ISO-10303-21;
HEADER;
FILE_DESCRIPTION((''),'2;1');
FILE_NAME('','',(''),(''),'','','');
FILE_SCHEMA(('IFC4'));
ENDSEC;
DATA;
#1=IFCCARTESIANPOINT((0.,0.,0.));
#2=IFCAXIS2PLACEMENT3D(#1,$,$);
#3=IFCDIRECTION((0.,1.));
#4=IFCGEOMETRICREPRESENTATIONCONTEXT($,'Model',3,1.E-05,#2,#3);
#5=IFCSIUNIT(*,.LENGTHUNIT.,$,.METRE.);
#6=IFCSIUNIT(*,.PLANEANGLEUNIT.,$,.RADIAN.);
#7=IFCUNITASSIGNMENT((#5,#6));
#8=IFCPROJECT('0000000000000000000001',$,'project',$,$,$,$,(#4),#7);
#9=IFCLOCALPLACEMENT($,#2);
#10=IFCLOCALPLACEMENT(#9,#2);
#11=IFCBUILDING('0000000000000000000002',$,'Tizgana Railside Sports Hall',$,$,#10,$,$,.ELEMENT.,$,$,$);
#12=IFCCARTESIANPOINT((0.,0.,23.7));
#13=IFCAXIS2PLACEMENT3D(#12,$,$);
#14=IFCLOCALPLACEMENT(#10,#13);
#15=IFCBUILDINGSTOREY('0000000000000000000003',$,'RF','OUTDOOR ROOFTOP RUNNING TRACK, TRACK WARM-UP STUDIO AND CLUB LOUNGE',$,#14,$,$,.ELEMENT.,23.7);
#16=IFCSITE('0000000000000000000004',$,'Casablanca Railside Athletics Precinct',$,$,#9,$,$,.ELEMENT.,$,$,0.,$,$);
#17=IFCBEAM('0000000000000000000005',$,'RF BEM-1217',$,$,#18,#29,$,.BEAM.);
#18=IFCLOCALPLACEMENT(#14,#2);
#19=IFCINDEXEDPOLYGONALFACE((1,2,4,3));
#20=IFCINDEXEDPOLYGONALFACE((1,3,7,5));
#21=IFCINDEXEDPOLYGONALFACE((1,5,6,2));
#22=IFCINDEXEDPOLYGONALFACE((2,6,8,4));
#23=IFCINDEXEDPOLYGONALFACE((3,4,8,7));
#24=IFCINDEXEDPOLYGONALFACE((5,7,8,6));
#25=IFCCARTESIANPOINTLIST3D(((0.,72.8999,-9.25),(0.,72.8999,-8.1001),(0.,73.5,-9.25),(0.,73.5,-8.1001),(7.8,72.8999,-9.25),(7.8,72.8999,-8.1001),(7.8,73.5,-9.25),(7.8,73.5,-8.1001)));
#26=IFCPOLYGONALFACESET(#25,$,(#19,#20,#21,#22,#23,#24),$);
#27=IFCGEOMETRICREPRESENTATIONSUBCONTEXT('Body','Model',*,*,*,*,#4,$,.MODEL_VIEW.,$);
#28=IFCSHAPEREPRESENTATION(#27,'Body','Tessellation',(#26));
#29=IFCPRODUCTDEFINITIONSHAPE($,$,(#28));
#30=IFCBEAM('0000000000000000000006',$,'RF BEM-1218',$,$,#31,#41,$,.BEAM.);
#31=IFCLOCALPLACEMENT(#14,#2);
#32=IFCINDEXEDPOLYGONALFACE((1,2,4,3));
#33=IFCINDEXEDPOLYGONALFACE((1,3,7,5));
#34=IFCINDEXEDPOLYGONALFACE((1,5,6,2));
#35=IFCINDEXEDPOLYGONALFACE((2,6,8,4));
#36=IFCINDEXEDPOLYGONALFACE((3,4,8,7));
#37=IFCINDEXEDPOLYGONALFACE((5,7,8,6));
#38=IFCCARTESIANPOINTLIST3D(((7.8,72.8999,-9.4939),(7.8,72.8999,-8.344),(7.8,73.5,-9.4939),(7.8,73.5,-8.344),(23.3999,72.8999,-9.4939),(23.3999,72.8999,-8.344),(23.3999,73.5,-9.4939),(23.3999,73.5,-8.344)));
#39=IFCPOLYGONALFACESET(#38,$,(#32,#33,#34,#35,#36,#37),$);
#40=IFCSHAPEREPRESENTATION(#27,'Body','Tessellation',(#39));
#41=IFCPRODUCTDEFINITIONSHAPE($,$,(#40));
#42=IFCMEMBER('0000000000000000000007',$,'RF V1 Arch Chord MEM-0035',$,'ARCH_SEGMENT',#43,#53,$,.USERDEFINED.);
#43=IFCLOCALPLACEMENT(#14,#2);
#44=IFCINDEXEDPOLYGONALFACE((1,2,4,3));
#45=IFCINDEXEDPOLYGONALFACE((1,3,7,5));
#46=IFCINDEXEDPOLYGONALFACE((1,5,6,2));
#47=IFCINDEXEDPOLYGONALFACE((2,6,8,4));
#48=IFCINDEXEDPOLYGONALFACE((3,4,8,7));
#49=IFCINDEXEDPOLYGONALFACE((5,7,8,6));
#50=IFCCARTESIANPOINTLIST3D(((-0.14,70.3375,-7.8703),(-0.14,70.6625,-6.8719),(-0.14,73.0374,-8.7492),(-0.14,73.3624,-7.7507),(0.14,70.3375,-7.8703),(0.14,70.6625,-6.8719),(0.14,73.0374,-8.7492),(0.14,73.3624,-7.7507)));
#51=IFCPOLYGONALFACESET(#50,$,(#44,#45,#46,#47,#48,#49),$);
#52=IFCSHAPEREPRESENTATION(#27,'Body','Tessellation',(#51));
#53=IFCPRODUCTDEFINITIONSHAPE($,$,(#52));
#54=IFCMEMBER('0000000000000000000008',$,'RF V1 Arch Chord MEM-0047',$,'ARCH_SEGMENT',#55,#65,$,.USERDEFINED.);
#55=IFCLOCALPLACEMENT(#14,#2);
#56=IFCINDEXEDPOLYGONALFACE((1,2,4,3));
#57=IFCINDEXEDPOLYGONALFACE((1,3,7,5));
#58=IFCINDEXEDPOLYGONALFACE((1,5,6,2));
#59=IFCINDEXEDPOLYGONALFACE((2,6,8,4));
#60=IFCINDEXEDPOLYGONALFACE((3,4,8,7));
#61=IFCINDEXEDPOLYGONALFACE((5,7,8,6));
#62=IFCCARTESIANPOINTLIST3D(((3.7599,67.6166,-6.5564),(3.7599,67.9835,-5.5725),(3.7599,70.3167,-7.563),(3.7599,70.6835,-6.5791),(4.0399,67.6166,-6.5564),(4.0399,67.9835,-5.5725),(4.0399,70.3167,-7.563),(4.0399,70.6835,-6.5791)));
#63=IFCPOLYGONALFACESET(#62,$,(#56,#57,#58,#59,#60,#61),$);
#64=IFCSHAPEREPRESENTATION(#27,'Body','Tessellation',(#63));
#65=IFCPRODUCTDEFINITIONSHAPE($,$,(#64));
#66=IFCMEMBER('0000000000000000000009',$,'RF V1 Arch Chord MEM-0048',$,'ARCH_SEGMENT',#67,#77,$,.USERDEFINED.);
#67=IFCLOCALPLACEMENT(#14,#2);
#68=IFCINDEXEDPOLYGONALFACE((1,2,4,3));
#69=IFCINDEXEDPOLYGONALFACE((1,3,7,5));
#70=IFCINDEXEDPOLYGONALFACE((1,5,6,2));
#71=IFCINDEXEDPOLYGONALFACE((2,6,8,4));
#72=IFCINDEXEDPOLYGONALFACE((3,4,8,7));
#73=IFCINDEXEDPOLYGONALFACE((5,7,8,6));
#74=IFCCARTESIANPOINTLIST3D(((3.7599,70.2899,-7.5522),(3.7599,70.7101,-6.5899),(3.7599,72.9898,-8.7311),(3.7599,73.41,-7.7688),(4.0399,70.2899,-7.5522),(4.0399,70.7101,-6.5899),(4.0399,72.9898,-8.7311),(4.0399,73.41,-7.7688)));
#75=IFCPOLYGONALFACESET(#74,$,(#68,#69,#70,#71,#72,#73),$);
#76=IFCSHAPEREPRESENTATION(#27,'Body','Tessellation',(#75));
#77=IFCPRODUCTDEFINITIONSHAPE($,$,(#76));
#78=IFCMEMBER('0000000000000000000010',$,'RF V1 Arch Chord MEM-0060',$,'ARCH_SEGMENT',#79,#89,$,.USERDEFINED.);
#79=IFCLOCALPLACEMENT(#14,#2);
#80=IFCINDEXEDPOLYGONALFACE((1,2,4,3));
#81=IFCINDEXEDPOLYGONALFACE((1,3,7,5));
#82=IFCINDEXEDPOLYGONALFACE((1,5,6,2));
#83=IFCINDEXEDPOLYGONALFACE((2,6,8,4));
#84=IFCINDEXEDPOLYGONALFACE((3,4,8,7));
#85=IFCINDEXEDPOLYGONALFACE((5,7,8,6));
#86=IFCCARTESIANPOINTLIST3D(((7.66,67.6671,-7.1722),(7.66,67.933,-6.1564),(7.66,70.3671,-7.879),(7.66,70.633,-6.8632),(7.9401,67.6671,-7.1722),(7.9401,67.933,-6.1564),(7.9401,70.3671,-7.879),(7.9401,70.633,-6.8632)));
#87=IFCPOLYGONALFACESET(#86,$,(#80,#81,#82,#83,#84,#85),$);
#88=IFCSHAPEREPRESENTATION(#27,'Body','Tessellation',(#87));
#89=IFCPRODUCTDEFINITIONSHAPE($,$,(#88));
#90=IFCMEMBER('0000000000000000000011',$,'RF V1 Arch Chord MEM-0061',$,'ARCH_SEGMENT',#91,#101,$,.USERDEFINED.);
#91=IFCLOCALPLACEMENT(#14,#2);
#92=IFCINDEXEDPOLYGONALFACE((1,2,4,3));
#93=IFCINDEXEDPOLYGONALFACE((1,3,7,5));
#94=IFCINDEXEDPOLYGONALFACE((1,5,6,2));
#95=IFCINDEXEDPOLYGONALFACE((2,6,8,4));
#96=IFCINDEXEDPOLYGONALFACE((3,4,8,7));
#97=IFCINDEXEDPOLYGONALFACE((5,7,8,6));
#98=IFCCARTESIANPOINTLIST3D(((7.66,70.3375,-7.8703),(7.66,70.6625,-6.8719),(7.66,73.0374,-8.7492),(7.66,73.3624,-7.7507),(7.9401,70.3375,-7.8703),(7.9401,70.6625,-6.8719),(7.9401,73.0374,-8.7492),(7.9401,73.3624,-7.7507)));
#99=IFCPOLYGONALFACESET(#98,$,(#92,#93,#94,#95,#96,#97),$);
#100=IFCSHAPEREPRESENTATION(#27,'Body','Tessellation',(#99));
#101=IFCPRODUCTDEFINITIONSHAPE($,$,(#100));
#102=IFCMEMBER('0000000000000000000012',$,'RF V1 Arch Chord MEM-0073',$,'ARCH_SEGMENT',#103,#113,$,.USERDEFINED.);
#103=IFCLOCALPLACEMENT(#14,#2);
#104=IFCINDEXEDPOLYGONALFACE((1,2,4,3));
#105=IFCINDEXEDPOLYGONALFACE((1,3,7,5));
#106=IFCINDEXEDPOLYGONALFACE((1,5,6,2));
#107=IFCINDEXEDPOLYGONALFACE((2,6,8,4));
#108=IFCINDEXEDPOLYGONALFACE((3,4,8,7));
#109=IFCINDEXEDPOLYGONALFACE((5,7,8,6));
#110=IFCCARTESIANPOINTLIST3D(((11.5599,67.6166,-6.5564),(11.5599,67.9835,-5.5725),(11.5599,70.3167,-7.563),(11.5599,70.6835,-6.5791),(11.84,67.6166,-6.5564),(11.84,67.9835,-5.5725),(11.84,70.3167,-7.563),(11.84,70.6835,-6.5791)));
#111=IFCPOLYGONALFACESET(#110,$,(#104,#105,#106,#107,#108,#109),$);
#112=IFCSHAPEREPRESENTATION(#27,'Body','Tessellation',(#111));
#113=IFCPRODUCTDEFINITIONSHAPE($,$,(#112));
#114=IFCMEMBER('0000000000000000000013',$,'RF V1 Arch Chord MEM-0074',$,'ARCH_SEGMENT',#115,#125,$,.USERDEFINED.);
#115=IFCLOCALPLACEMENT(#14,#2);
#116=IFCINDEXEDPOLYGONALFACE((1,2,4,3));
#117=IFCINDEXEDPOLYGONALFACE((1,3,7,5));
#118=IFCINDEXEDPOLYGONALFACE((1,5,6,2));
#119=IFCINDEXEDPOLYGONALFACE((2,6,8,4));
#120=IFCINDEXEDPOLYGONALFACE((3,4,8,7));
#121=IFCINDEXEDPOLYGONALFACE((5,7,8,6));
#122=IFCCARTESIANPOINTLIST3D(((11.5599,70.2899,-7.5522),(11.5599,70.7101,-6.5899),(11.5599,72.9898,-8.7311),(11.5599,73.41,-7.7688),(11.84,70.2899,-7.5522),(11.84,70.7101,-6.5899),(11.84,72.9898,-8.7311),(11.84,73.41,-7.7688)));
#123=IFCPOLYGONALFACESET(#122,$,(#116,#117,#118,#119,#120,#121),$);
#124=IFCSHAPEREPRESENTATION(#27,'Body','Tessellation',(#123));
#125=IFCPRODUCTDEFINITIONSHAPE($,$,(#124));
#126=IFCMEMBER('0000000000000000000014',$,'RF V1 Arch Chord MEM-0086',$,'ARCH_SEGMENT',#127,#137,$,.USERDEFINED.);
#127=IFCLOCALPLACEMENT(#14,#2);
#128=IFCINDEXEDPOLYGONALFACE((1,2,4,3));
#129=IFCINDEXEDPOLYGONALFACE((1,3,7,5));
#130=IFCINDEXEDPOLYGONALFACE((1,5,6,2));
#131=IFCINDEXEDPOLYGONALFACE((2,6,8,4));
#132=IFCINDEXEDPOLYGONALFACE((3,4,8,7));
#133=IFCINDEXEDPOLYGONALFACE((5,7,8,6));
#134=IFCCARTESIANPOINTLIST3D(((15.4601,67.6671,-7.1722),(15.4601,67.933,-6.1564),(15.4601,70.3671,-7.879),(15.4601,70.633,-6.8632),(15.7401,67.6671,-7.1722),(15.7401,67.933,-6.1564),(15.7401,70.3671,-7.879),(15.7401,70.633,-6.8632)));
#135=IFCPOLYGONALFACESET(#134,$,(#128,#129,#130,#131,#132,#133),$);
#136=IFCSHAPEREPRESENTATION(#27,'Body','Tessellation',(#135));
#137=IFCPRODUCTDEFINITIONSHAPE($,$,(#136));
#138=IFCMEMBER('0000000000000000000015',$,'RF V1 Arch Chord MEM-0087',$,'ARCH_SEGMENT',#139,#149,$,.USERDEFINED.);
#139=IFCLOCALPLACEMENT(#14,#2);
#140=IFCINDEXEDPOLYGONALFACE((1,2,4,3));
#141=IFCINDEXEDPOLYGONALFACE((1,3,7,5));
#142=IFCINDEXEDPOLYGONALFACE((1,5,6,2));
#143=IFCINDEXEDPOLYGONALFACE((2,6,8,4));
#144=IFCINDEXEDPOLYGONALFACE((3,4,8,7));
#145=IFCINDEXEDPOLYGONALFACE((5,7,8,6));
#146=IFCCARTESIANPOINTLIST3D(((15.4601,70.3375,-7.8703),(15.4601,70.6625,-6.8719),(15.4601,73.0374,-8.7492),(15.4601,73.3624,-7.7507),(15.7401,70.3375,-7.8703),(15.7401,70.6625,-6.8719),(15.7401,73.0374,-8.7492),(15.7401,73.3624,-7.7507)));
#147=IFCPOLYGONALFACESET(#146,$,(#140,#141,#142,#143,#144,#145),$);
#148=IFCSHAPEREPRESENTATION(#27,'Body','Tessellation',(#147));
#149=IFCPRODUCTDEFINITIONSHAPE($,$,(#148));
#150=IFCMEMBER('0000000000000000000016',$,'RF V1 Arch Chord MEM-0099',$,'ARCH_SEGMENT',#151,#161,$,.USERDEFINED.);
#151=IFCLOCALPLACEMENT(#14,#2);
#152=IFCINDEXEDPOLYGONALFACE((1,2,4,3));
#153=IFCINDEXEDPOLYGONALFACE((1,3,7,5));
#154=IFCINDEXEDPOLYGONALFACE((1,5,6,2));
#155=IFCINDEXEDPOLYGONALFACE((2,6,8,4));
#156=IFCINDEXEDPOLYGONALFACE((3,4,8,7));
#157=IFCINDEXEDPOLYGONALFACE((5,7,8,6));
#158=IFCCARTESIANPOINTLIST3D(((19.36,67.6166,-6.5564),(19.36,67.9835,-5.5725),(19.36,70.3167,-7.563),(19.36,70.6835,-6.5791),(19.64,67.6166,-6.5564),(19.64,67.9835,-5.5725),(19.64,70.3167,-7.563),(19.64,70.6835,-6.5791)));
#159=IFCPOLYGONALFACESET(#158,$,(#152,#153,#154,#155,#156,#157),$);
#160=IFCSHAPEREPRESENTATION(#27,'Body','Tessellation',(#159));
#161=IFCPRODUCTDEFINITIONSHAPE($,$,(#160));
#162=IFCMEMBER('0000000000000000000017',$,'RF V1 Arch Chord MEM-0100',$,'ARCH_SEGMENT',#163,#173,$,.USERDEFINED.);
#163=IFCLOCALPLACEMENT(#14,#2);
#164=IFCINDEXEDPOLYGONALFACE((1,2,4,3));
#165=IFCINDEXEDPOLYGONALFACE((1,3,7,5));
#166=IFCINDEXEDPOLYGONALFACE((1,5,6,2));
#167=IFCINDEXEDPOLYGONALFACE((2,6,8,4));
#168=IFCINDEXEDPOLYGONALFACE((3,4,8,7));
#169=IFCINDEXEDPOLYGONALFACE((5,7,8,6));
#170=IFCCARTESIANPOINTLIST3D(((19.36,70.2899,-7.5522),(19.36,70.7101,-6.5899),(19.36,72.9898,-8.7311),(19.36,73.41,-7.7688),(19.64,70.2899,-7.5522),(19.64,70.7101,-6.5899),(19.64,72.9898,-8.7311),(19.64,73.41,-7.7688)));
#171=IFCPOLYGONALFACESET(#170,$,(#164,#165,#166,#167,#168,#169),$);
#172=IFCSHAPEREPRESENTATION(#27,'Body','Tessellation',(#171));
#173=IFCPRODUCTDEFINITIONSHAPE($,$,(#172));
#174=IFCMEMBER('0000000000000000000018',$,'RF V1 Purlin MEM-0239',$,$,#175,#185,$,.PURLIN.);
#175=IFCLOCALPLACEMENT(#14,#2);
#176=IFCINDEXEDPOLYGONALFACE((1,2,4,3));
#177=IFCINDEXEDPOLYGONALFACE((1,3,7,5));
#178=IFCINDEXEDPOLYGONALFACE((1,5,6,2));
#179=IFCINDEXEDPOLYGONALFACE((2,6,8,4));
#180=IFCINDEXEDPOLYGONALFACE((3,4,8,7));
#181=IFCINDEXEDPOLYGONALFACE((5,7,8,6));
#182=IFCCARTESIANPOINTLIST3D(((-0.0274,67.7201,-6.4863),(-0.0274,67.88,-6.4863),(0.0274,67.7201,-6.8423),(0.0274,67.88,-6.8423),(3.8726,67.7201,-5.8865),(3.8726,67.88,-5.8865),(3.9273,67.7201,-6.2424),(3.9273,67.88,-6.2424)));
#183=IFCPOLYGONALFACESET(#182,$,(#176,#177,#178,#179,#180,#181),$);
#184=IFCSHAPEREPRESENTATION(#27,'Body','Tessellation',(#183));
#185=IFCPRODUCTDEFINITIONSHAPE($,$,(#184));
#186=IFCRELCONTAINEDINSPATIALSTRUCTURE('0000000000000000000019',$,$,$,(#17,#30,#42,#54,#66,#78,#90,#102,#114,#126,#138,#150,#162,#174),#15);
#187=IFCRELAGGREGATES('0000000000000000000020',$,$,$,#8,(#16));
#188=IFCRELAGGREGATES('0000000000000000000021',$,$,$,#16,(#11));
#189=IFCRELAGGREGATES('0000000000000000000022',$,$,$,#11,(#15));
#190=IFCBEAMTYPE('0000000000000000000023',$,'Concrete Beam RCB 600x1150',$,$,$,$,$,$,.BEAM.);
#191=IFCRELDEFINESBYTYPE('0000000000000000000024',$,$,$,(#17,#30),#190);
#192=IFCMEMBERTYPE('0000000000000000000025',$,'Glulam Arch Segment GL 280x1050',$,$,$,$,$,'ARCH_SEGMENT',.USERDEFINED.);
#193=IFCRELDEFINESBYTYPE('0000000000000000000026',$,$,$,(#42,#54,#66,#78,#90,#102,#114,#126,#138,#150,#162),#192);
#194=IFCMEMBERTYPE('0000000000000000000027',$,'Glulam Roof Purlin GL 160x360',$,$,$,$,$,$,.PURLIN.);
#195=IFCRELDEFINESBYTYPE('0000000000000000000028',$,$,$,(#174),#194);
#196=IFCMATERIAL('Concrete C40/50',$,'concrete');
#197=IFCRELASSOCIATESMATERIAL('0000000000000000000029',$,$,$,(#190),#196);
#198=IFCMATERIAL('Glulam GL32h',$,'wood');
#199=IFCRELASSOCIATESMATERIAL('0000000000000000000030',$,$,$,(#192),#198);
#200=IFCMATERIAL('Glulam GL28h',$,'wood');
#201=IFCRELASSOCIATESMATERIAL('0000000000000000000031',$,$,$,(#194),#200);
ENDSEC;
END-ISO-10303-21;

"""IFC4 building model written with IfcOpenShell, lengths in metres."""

from ifc_helpers import new_model, si_unit, direction, frame, origin, origin_2d, place, context, subcontext, project, spatial, rectangle, extrude, material, material_profile, profile_set, type_object, element, save


model = new_model("IFC4")

# Units and contexts
model_context = context("Model", 3, precision=1e-05, world=origin(), true_north=direction((0.0, 1.0)))
body_context = subcontext(model_context, "Body", "Model", "MODEL_VIEW")
ifc_project = project(units=[si_unit("LENGTHUNIT", "METRE"), si_unit("PLANEANGLEUNIT", "RADIAN")], contexts=[model_context])

# Site, building, storey
site_placement = place(None, origin())
site = spatial("IfcSite", under=ifc_project, at=site_placement, Name="Casablanca Railside Athletics Precinct", CompositionType="ELEMENT", RefElevation=0.0)
building_placement = place(site_placement, origin())
building = spatial("IfcBuilding", under=site, at=building_placement, Name="Tizgana Railside Sports Hall", CompositionType="ELEMENT")
storey_placement = place(building_placement, frame((0.0, 0.0, 23.7)))
storey = spatial("IfcBuildingStorey", under=building, at=storey_placement, Name="RF", Description="OUTDOOR ROOFTOP RUNNING TRACK, TRACK WARM-UP STUDIO AND CLUB LOUNGE", CompositionType="ELEMENT", Elevation=23.7)

# Beams
ifc_material_1 = material(Name="Concrete C40/50", Category="concrete")
ifc_material_profile_1 = material_profile(ifc_material_1, rectangle(XDim=0.6001, YDim=1.1499, at=origin_2d()), Name="RCB 600x1150")
ifc_profile_set_1 = profile_set([ifc_material_profile_1], Name="Concrete C40/50")
beam_type = type_object("IfcBeamType", Name="Concrete Beam RCB 600x1150", PredefinedType="BEAM", material=ifc_profile_set_1)
beam_1_placement = place(storey_placement, frame((0.0, 73.2, -8.675), z_axis=(1.0, 0.0, 0.0), x_axis=(0.0, 1.0, 0.0)))
element("IfcBeam", 1, at=beam_1_placement, inside=storey, type_object=beam_type, Name="RF BEM-1217", PredefinedType="BEAM", context=body_context, shape_type="SweptSolid", body=[
    extrude(rectangle(XDim=0.6001, YDim=1.1499, at=origin_2d()), origin(), (0.0, 0.0, 1.0), 7.8),
])
beam_2_placement = place(storey_placement, frame((7.8, 73.2, -8.9189), z_axis=(1.0, 0.0, 0.0), x_axis=(0.0, 1.0, 0.0)))
element("IfcBeam", 2, at=beam_2_placement, inside=storey, type_object=beam_type, Name="RF BEM-1218", PredefinedType="BEAM", context=body_context, shape_type="SweptSolid", body=[
    extrude(rectangle(XDim=0.6001, YDim=1.1499, at=origin_2d()), origin(), (0.0, 0.0, 1.0), 15.5999),
])

# Members
ifc_material_2 = material(Name="Glulam GL32h", Category="wood")
ifc_material_profile_2 = material_profile(ifc_material_2, rectangle(XDim=0.28, YDim=1.05, at=origin_2d()), Name="GL 280x1050")
ifc_profile_set_2 = profile_set([ifc_material_profile_2], Name="Glulam GL32h")
member_type_1 = type_object("IfcMemberType", Name="Glulam Arch Segment GL 280x1050", ElementType="ARCH_SEGMENT", PredefinedType="USERDEFINED", material=ifc_profile_set_2)
member_1_placement = place(storey_placement, frame((0.0, 70.5, -7.3711), z_axis=(0.0, 0.950887, -0.309539), x_axis=(-1.0, 0.0, 0.0)))
element("IfcMember", 3, at=member_1_placement, inside=storey, type_object=member_type_1, Name="RF V1 Arch Chord MEM-0035", ObjectType="ARCH_SEGMENT", PredefinedType="USERDEFINED", context=body_context, shape_type="SweptSolid", body=[
    extrude(rectangle(XDim=0.28, YDim=1.05, at=origin_2d()), origin(), (0.0, 0.0, 1.0), 2.8394),
])
member_2_placement = place(storey_placement, frame((3.8999, 67.8, -6.0645), z_axis=(0.0, 0.936999, -0.349331), x_axis=(-1.0, 0.0, 0.0)))
element("IfcMember", 4, at=member_2_placement, inside=storey, type_object=member_type_1, Name="RF V1 Arch Chord MEM-0047", ObjectType="ARCH_SEGMENT", PredefinedType="USERDEFINED", context=body_context, shape_type="SweptSolid", body=[
    extrude(rectangle(XDim=0.28, YDim=1.05, at=origin_2d()), origin(), (0.0, 0.0, 1.0), 2.8816),
])
member_3_placement = place(storey_placement, frame((3.8999, 70.5, -7.071), z_axis=(0.0, 0.91644, -0.400171), x_axis=(-1.0, 0.0, 0.0)))
element("IfcMember", 5, at=member_3_placement, inside=storey, type_object=member_type_1, Name="RF V1 Arch Chord MEM-0048", ObjectType="ARCH_SEGMENT", PredefinedType="USERDEFINED", context=body_context, shape_type="SweptSolid", body=[
    extrude(rectangle(XDim=0.28, YDim=1.05, at=origin_2d()), origin(), (0.0, 0.0, 1.0), 2.946),
])
member_4_placement = place(storey_placement, frame((7.8, 67.8, -6.6643), z_axis=(0.0, 0.967402, -0.253244), x_axis=(-1.0, 0.0, 0.0)))
element("IfcMember", 6, at=member_4_placement, inside=storey, type_object=member_type_1, Name="RF V1 Arch Chord MEM-0060", ObjectType="ARCH_SEGMENT", PredefinedType="USERDEFINED", context=body_context, shape_type="SweptSolid", body=[
    extrude(rectangle(XDim=0.28, YDim=1.05, at=origin_2d()), origin(), (0.0, 0.0, 1.0), 2.791),
])
member_5_placement = place(storey_placement, frame((7.8, 70.5, -7.3711), z_axis=(0.0, 0.950887, -0.309539), x_axis=(-1.0, 0.0, 0.0)))
element("IfcMember", 7, at=member_5_placement, inside=storey, type_object=member_type_1, Name="RF V1 Arch Chord MEM-0061", ObjectType="ARCH_SEGMENT", PredefinedType="USERDEFINED", context=body_context, shape_type="SweptSolid", body=[
    extrude(rectangle(XDim=0.28, YDim=1.05, at=origin_2d()), origin(), (0.0, 0.0, 1.0), 2.8394),
])
member_6_placement = place(storey_placement, frame((11.7, 67.8, -6.0645), z_axis=(0.0, 0.936999, -0.349331), x_axis=(-1.0, 0.0, 0.0)))
element("IfcMember", 8, at=member_6_placement, inside=storey, type_object=member_type_1, Name="RF V1 Arch Chord MEM-0073", ObjectType="ARCH_SEGMENT", PredefinedType="USERDEFINED", context=body_context, shape_type="SweptSolid", body=[
    extrude(rectangle(XDim=0.28, YDim=1.05, at=origin_2d()), origin(), (0.0, 0.0, 1.0), 2.8816),
])
member_7_placement = place(storey_placement, frame((11.7, 70.5, -7.071), z_axis=(0.0, 0.91644, -0.400171), x_axis=(-1.0, 0.0, 0.0)))
element("IfcMember", 9, at=member_7_placement, inside=storey, type_object=member_type_1, Name="RF V1 Arch Chord MEM-0074", ObjectType="ARCH_SEGMENT", PredefinedType="USERDEFINED", context=body_context, shape_type="SweptSolid", body=[
    extrude(rectangle(XDim=0.28, YDim=1.05, at=origin_2d()), origin(), (0.0, 0.0, 1.0), 2.946),
])
member_8_placement = place(storey_placement, frame((15.6001, 67.8, -6.6643), z_axis=(0.0, 0.967402, -0.253244), x_axis=(-1.0, 0.0, 0.0)))
element("IfcMember", 10, at=member_8_placement, inside=storey, type_object=member_type_1, Name="RF V1 Arch Chord MEM-0086", ObjectType="ARCH_SEGMENT", PredefinedType="USERDEFINED", context=body_context, shape_type="SweptSolid", body=[
    extrude(rectangle(XDim=0.28, YDim=1.05, at=origin_2d()), origin(), (0.0, 0.0, 1.0), 2.791),
])
member_9_placement = place(storey_placement, frame((15.6001, 70.5, -7.3711), z_axis=(0.0, 0.950887, -0.309539), x_axis=(-1.0, 0.0, 0.0)))
element("IfcMember", 11, at=member_9_placement, inside=storey, type_object=member_type_1, Name="RF V1 Arch Chord MEM-0087", ObjectType="ARCH_SEGMENT", PredefinedType="USERDEFINED", context=body_context, shape_type="SweptSolid", body=[
    extrude(rectangle(XDim=0.28, YDim=1.05, at=origin_2d()), origin(), (0.0, 0.0, 1.0), 2.8394),
])
member_10_placement = place(storey_placement, frame((19.5, 67.8, -6.0645), z_axis=(0.0, 0.936999, -0.349331), x_axis=(-1.0, 0.0, 0.0)))
element("IfcMember", 12, at=member_10_placement, inside=storey, type_object=member_type_1, Name="RF V1 Arch Chord MEM-0099", ObjectType="ARCH_SEGMENT", PredefinedType="USERDEFINED", context=body_context, shape_type="SweptSolid", body=[
    extrude(rectangle(XDim=0.28, YDim=1.05, at=origin_2d()), origin(), (0.0, 0.0, 1.0), 2.8816),
])
member_11_placement = place(storey_placement, frame((19.5, 70.5, -7.071), z_axis=(0.0, 0.91644, -0.400171), x_axis=(-1.0, 0.0, 0.0)))
element("IfcMember", 13, at=member_11_placement, inside=storey, type_object=member_type_1, Name="RF V1 Arch Chord MEM-0100", ObjectType="ARCH_SEGMENT", PredefinedType="USERDEFINED", context=body_context, shape_type="SweptSolid", body=[
    extrude(rectangle(XDim=0.28, YDim=1.05, at=origin_2d()), origin(), (0.0, 0.0, 1.0), 2.946),
])
ifc_material_3 = material(Name="Glulam GL28h", Category="wood")
ifc_material_profile_3 = material_profile(ifc_material_3, rectangle(XDim=0.1599, YDim=0.3601, at=origin_2d()), Name="GL 160x360")
ifc_profile_set_3 = profile_set([ifc_material_profile_3], Name="Glulam GL28h")
member_type_2 = type_object("IfcMemberType", Name="Glulam Roof Purlin GL 160x360", PredefinedType="PURLIN", material=ifc_profile_set_3)
member_12_placement = place(storey_placement, frame((0.0, 67.8, -6.6643), z_axis=(0.988377, 0.0, 0.152025), x_axis=(0.0, 1.0, 0.0)))
element("IfcMember", 14, at=member_12_placement, inside=storey, type_object=member_type_2, Name="RF V1 Purlin MEM-0239", PredefinedType="PURLIN", context=body_context, shape_type="SweptSolid", body=[
    extrude(rectangle(XDim=0.1599, YDim=0.3601, at=origin_2d()), origin(), (0.0, 0.0, 1.0), 3.9458),
])

save(model, "model.ifc")
